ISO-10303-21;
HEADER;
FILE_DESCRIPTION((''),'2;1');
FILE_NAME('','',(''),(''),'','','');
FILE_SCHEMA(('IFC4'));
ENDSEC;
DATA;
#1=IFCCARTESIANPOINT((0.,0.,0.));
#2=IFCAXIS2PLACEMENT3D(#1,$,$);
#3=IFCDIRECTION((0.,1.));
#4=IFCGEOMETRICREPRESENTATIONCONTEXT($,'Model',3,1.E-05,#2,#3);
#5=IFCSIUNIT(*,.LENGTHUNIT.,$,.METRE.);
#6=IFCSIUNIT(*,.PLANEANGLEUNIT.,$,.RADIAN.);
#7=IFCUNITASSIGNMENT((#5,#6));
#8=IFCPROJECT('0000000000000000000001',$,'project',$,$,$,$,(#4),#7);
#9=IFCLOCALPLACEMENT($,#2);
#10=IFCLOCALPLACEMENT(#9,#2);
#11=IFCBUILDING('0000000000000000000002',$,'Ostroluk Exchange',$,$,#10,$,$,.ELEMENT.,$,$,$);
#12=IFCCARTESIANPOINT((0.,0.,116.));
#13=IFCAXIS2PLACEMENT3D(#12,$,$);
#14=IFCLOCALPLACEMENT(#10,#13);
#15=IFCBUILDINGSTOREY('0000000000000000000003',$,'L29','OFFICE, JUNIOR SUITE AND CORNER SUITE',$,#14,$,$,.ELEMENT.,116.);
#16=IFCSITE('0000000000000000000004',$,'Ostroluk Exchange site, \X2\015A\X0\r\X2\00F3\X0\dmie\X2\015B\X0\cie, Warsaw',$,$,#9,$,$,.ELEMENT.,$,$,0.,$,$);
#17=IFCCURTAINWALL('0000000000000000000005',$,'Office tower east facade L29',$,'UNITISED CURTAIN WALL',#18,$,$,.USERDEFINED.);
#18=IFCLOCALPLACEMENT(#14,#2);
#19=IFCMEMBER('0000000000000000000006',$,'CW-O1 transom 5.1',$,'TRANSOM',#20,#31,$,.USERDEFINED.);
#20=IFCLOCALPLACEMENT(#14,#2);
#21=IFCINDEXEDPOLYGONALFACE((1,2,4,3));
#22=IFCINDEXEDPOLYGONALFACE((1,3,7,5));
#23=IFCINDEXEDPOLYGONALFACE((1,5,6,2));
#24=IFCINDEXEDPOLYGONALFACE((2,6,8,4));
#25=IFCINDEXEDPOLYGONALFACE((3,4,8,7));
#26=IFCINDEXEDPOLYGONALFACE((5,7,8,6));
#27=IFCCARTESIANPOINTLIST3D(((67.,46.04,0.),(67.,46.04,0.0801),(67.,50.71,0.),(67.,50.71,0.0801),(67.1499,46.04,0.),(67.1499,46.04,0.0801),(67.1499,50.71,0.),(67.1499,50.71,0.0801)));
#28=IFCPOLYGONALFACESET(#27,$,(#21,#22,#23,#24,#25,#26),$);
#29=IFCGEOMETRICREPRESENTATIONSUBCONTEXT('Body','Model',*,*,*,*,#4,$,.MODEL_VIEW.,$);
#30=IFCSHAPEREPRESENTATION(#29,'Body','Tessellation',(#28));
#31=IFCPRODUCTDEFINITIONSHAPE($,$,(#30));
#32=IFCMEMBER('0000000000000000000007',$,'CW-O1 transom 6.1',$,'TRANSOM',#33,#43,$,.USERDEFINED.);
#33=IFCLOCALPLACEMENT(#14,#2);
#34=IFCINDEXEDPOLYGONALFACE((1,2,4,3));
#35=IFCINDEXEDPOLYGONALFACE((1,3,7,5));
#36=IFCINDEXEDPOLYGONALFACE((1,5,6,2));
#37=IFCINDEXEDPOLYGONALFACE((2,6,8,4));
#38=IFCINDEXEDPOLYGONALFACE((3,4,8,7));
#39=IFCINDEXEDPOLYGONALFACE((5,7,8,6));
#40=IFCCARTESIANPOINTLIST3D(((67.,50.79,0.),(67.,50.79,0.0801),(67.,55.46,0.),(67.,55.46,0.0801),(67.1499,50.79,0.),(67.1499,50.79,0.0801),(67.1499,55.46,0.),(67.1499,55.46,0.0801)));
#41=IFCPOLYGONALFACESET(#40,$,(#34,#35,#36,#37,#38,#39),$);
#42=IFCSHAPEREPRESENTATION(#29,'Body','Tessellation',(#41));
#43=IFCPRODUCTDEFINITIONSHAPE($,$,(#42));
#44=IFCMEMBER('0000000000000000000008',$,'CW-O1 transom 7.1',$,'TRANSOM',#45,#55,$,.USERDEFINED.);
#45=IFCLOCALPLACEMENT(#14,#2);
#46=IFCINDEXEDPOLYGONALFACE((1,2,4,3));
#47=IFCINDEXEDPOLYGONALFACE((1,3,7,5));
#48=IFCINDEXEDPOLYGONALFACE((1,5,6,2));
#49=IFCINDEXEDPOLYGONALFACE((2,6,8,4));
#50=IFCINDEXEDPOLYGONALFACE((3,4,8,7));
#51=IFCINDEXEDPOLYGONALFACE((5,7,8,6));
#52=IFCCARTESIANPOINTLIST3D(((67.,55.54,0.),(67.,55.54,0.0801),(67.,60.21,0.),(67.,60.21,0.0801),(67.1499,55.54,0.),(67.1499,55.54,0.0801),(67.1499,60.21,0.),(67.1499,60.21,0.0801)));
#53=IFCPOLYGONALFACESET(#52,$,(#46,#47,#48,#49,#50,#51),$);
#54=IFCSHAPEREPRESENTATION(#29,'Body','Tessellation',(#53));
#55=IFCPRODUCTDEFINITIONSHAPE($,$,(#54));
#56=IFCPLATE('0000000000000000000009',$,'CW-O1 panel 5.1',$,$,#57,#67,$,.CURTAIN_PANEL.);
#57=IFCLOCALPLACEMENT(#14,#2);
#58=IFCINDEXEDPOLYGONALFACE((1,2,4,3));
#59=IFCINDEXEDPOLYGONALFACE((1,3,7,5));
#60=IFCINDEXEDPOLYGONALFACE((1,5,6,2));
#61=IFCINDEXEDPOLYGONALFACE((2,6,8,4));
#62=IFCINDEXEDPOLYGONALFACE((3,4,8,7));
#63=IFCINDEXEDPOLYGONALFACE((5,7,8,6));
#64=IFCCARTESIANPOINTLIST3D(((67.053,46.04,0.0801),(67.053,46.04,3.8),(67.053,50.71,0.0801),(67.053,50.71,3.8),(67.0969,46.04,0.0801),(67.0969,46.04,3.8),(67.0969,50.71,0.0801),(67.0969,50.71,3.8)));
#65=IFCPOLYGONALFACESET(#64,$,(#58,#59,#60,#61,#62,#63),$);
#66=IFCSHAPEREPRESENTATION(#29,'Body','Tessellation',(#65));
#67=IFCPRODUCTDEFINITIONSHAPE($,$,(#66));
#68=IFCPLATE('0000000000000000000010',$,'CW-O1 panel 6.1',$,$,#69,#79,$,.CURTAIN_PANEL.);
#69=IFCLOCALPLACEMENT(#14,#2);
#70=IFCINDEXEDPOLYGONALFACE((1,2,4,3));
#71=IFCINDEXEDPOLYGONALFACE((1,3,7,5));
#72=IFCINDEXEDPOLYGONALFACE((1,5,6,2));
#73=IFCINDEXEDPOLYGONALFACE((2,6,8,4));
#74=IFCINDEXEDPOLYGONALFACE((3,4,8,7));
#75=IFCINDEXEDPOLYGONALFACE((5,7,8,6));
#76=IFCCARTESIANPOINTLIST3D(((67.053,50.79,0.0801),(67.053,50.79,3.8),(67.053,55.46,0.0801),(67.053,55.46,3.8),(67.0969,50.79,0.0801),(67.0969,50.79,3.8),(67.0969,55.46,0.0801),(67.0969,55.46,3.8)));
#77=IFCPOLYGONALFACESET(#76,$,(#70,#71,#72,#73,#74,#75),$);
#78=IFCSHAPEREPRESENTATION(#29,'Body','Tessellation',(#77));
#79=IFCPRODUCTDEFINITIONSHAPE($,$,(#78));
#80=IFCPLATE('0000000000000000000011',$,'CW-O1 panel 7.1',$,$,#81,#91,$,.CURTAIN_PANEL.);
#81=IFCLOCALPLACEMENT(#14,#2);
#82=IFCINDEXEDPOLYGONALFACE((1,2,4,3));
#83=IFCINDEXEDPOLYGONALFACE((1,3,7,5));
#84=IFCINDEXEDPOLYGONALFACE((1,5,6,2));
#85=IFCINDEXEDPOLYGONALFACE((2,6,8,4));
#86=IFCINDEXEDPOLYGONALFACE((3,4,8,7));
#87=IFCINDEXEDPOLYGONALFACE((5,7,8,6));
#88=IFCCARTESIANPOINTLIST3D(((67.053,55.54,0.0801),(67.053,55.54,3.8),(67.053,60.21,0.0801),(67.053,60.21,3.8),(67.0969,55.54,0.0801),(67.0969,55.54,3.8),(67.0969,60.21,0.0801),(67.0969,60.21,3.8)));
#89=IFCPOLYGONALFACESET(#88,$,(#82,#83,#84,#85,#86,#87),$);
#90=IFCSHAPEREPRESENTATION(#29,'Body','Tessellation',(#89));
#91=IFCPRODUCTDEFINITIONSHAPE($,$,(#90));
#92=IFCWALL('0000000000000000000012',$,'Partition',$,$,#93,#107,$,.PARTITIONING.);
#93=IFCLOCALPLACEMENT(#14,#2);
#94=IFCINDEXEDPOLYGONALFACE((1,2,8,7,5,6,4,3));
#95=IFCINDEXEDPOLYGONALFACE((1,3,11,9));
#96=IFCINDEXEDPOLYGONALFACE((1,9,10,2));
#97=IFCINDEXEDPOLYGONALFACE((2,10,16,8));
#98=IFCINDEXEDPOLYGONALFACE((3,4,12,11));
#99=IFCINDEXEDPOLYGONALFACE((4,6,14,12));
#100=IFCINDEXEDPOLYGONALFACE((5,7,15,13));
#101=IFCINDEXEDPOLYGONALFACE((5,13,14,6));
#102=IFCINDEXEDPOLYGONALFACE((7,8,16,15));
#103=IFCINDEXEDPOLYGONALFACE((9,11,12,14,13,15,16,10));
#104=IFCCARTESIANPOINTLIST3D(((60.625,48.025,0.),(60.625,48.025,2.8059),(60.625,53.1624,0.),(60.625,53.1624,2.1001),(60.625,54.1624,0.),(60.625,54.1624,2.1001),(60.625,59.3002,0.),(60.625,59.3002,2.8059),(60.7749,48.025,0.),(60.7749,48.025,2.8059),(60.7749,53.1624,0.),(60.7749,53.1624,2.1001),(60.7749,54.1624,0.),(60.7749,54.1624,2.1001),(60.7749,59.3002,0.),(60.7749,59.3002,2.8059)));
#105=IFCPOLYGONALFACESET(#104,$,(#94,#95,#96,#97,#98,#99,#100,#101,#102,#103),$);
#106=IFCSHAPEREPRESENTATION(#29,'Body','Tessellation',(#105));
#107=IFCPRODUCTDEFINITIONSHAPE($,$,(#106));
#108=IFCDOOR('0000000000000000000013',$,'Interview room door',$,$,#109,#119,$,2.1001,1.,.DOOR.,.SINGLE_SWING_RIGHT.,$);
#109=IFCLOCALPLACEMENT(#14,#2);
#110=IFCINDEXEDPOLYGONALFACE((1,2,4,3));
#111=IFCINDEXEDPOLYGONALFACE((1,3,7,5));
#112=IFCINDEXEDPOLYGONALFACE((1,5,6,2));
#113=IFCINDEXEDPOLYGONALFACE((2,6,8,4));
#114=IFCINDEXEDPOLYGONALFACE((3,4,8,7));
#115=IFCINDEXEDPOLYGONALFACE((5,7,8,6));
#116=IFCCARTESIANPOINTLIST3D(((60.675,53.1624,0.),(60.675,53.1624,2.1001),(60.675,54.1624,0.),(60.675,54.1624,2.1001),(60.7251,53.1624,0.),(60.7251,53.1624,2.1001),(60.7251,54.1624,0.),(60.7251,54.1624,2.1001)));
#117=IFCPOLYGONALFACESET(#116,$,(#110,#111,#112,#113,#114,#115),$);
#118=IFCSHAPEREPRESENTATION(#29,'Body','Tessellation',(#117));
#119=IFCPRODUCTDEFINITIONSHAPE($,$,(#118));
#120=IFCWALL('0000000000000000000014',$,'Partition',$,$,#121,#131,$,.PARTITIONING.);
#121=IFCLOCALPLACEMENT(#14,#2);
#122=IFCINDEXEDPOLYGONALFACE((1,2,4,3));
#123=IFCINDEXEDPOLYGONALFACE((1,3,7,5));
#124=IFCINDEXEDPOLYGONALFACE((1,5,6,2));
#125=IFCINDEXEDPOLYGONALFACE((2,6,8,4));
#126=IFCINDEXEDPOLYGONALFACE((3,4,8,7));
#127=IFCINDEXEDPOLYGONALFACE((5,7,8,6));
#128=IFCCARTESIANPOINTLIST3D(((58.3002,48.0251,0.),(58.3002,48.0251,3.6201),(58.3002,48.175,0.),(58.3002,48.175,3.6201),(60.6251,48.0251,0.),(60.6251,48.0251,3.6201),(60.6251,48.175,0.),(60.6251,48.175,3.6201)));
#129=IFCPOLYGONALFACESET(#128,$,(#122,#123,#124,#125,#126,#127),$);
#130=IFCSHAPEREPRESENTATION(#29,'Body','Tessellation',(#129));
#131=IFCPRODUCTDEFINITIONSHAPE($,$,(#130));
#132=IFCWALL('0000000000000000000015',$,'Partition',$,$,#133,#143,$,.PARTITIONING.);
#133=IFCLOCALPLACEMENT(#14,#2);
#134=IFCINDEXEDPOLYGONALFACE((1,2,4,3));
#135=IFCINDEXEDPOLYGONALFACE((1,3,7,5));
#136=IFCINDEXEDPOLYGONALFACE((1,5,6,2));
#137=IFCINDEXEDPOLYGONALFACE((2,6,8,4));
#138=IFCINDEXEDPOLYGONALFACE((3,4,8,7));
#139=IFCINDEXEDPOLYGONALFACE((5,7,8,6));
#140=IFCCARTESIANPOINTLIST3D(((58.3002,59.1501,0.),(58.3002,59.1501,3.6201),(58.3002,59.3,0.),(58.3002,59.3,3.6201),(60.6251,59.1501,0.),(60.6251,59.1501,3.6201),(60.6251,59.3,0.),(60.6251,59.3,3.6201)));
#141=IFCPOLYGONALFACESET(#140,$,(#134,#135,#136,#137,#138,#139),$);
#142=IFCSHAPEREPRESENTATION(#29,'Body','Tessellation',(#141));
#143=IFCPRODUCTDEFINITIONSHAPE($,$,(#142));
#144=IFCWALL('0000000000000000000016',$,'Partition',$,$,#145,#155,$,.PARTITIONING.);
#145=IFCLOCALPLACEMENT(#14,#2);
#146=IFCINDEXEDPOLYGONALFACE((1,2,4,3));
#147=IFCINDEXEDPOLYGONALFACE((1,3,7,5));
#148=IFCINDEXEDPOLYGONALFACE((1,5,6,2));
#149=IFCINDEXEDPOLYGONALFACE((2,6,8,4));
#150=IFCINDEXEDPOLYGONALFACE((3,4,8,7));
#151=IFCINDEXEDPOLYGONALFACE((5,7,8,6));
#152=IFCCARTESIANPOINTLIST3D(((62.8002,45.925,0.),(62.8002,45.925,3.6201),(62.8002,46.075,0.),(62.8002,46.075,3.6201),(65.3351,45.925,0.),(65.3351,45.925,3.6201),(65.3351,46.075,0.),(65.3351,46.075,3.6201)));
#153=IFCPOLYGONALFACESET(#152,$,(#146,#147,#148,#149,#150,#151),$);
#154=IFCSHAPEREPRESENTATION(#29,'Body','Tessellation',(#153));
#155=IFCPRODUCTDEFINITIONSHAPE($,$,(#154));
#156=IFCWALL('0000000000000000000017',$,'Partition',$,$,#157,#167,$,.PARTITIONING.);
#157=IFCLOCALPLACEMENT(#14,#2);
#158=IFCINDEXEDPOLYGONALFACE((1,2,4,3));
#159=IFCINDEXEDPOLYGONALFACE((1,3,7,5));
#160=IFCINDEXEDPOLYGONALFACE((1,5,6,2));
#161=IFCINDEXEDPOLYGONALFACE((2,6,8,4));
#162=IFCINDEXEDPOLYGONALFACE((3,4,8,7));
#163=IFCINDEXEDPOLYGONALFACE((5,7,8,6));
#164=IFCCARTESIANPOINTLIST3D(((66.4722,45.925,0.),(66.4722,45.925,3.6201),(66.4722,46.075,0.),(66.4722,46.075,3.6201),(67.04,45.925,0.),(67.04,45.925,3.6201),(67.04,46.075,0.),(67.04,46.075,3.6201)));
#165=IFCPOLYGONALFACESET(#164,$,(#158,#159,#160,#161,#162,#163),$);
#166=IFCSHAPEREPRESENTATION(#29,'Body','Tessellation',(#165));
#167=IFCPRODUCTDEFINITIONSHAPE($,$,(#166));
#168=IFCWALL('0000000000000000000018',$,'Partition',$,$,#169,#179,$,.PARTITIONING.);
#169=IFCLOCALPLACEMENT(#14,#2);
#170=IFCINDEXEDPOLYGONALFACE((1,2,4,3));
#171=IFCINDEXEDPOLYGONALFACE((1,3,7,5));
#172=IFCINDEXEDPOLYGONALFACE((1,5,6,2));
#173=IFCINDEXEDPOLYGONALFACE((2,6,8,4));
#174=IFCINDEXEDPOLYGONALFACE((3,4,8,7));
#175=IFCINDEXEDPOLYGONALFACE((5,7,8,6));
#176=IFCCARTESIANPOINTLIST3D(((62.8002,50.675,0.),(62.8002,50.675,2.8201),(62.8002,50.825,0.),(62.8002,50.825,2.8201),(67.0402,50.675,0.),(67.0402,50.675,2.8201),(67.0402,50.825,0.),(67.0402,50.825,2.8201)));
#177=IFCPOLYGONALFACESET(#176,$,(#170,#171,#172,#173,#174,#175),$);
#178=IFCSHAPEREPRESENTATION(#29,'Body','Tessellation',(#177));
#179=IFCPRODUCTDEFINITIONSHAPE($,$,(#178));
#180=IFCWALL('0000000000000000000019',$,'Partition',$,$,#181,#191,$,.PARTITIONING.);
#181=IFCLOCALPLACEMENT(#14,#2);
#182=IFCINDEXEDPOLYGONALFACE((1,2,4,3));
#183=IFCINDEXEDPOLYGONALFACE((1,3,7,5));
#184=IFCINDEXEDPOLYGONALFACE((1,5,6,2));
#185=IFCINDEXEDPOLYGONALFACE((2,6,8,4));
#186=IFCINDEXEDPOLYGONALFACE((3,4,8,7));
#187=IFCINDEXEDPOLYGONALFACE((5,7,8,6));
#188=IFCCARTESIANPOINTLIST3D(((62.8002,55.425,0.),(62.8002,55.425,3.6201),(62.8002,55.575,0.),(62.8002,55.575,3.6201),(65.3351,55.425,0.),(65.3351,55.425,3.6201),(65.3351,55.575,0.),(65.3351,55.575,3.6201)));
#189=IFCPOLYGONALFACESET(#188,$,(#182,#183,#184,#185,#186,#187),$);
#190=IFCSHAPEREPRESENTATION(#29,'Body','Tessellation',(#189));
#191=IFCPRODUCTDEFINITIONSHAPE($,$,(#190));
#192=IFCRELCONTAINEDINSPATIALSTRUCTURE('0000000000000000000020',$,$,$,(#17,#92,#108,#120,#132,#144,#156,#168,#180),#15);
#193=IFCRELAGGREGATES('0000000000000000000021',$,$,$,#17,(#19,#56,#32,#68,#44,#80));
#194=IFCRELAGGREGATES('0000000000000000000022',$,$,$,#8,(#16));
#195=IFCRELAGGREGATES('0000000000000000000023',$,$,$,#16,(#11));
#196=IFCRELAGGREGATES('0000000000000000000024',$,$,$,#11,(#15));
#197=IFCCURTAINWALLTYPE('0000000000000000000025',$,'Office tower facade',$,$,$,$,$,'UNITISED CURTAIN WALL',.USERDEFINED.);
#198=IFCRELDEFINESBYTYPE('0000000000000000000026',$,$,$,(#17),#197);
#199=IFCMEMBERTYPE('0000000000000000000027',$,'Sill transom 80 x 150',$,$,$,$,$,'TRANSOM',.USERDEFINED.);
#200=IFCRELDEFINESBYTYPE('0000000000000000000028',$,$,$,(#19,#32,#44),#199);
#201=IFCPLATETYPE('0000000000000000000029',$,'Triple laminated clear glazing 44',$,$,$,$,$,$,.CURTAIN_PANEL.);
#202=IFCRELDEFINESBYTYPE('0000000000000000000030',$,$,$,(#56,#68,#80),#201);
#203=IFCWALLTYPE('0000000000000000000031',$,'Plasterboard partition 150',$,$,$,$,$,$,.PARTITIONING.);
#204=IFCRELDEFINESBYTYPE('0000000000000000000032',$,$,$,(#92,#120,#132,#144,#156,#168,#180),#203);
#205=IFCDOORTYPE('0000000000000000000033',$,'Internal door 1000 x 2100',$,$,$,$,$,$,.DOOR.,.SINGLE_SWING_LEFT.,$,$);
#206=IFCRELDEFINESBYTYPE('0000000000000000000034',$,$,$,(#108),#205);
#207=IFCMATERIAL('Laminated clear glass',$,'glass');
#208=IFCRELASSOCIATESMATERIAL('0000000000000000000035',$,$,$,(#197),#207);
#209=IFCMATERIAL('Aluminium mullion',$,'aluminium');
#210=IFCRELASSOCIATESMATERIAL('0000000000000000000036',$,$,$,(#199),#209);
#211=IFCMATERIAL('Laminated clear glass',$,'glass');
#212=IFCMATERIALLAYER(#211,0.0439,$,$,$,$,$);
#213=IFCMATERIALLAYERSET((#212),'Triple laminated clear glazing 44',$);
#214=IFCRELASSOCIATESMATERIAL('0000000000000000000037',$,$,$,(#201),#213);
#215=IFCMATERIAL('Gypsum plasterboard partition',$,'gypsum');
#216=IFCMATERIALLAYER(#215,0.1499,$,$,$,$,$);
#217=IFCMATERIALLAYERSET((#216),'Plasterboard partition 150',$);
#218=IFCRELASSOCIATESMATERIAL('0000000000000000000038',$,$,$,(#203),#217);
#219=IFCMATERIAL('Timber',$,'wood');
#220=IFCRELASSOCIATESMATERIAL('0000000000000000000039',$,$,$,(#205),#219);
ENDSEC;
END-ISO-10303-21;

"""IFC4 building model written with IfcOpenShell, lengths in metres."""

from ifc_helpers import new_model, si_unit, direction, frame, frame_2d, origin, origin_2d, place, context, subcontext, project, spatial, rectangle, extrude, material, layer, layer_set, material_profile, profile_set, type_object, element, fill, aggregate, save


model = new_model("IFC4")

# Units and contexts
model_context = context("Model", 3, precision=1e-05, world=origin(), true_north=direction((0.0, 1.0)))
body_context = subcontext(model_context, "Body", "Model", "MODEL_VIEW")
ifc_project = project(units=[si_unit("LENGTHUNIT", "METRE"), si_unit("PLANEANGLEUNIT", "RADIAN")], contexts=[model_context])

# Site, building, storey
site_placement = place(None, origin())
site = spatial("IfcSite", under=ifc_project, at=site_placement, Name="Ostroluk Exchange site, Śródmieście, Warsaw", CompositionType="ELEMENT", RefElevation=0.0)
building_placement = place(site_placement, origin())
building = spatial("IfcBuilding", under=site, at=building_placement, Name="Ostroluk Exchange", CompositionType="ELEMENT")
storey_placement = place(building_placement, frame((0.0, 0.0, 116.0)))
storey = spatial("IfcBuildingStorey", under=building, at=storey_placement, Name="L29", Description="OFFICE, JUNIOR SUITE AND CORNER SUITE", CompositionType="ELEMENT", Elevation=116.0)

# Curtain wall, members, plates
ifc_material_1 = material(Name="Laminated clear glass", Category="glass")
curtain_wall_type = type_object("IfcCurtainWallType", Name="Office tower facade", ElementType="UNITISED CURTAIN WALL", PredefinedType="USERDEFINED", material=ifc_material_1)
curtain_wall_placement = place(storey_placement, origin())
curtain_wall = element("IfcCurtainWall", 1, at=curtain_wall_placement, inside=storey, type_object=curtain_wall_type, Name="Office tower east facade L29", ObjectType="UNITISED CURTAIN WALL", PredefinedType="USERDEFINED")
ifc_material_2 = material(Name="Aluminium mullion", Category="aluminium")
ifc_material_profile_1 = material_profile(ifc_material_2, rectangle(XDim=0.1499, YDim=0.0801, at=origin_2d()), Name="Sill transom 80 x 150")
ifc_profile_set_1 = profile_set([ifc_material_profile_1], Name="Aluminium mullion")
member_type = type_object("IfcMemberType", Name="Sill transom 80 x 150", ElementType="TRANSOM", PredefinedType="USERDEFINED", material=ifc_profile_set_1)
member_1_placement = place(storey_placement, frame((67.075, 46.04, 0.04), z_axis=(0.0, 1.0, 0.0), x_axis=(-1.0, 0.0, 0.0)))
member_1 = element("IfcMember", 2, at=member_1_placement, type_object=member_type, Name="CW-O1 transom 5.1", ObjectType="TRANSOM", PredefinedType="USERDEFINED", context=body_context, shape_type="SweptSolid", body=[
    extrude(rectangle(XDim=0.1499, YDim=0.0801, at=origin_2d()), origin(), (0.0, 0.0, 1.0), 4.6699),
])
member_2_placement = place(storey_placement, frame((67.075, 50.79, 0.04), z_axis=(0.0, 1.0, 0.0), x_axis=(-1.0, 0.0, 0.0)))
member_2 = element("IfcMember", 3, at=member_2_placement, type_object=member_type, Name="CW-O1 transom 6.1", ObjectType="TRANSOM", PredefinedType="USERDEFINED", context=body_context, shape_type="SweptSolid", body=[
    extrude(rectangle(XDim=0.1499, YDim=0.0801, at=origin_2d()), origin(), (0.0, 0.0, 1.0), 4.6699),
])
member_3_placement = place(storey_placement, frame((67.075, 55.54, 0.04), z_axis=(0.0, 1.0, 0.0), x_axis=(-1.0, 0.0, 0.0)))
member_3 = element("IfcMember", 4, at=member_3_placement, type_object=member_type, Name="CW-O1 transom 7.1", ObjectType="TRANSOM", PredefinedType="USERDEFINED", context=body_context, shape_type="SweptSolid", body=[
    extrude(rectangle(XDim=0.1499, YDim=0.0801, at=origin_2d()), origin(), (0.0, 0.0, 1.0), 4.6699),
])
ifc_material_3 = material(Name="Laminated clear glass", Category="glass")
ifc_layer_1 = layer(ifc_material_3, 0.0439)
ifc_layer_set_1 = layer_set([ifc_layer_1], Name="Triple laminated clear glazing 44")
plate_type = type_object("IfcPlateType", Name="Triple laminated clear glazing 44", PredefinedType="CURTAIN_PANEL", material=ifc_layer_set_1)
plate_1_placement = place(storey_placement, frame((67.075, 48.375, 0.0801), z_axis=(0.0, 0.0, 1.0), x_axis=(0.0, 1.0, 0.0)))
plate_1 = element("IfcPlate", 5, at=plate_1_placement, type_object=plate_type, Name="CW-O1 panel 5.1", PredefinedType="CURTAIN_PANEL", context=body_context, shape_type="SweptSolid", body=[
    extrude(rectangle(XDim=4.6699, YDim=0.0439, at=origin_2d()), origin(), (0.0, 0.0, 1.0), 3.72),
])
plate_2_placement = place(storey_placement, frame((67.075, 53.125, 0.0801), z_axis=(0.0, 0.0, 1.0), x_axis=(0.0, 1.0, 0.0)))
plate_2 = element("IfcPlate", 6, at=plate_2_placement, type_object=plate_type, Name="CW-O1 panel 6.1", PredefinedType="CURTAIN_PANEL", context=body_context, shape_type="SweptSolid", body=[
    extrude(rectangle(XDim=4.6699, YDim=0.0439, at=origin_2d()), origin(), (0.0, 0.0, 1.0), 3.72),
])
plate_3_placement = place(storey_placement, frame((67.075, 57.875, 0.0801), z_axis=(0.0, 0.0, 1.0), x_axis=(0.0, 1.0, 0.0)))
plate_3 = element("IfcPlate", 7, at=plate_3_placement, type_object=plate_type, Name="CW-O1 panel 7.1", PredefinedType="CURTAIN_PANEL", context=body_context, shape_type="SweptSolid", body=[
    extrude(rectangle(XDim=4.6699, YDim=0.0439, at=origin_2d()), origin(), (0.0, 0.0, 1.0), 3.72),
])
aggregate(curtain_wall, [member_1, plate_1, member_2, plate_2, member_3, plate_3])

# Wall, opening, door
ifc_material_4 = material(Name="Gypsum plasterboard partition", Category="gypsum")
ifc_layer_2 = layer(ifc_material_4, 0.1499)
ifc_layer_set_2 = layer_set([ifc_layer_2], Name="Plasterboard partition 150")
wall_type = type_object("IfcWallType", Name="Plasterboard partition 150", PredefinedType="PARTITIONING", material=ifc_layer_set_2)
wall_1_placement = place(storey_placement, frame((60.7, 48.0249, 0.0), z_axis=(0.0, 0.0, 1.0), x_axis=(0.0, 1.0, 0.0)))
wall_1 = element("IfcWall", 8, at=wall_1_placement, inside=storey, type_object=wall_type, Name="Partition", PredefinedType="PARTITIONING", context=body_context, shape_type="SweptSolid", body=[
    extrude(rectangle(XDim=11.2751, YDim=0.1499, at=frame_2d((5.6377, 0.0))), origin(), (0.0, 0.0, 1.0), 2.8059),
])
opening_placement = place(wall_1_placement, frame((5.1375, 0.0, 0.0)))
opening = element("IfcOpeningElement", 9, at=opening_placement, cuts=wall_1, PredefinedType="OPENING", context=body_context, shape_type="SweptSolid", body=[
    extrude(rectangle(XDim=1.0, YDim=2.1001, at=frame_2d((0.5, 1.05))), frame((0.0, 0.085, 0.0), z_axis=(0.0, -1.0, 0.0), x_axis=(1.0, 0.0, 0.0)), (0.0, 0.0, 1.0), 0.1699),
])
ifc_material_5 = material(Name="Timber", Category="wood")
door_type = type_object("IfcDoorType", Name="Internal door 1000 x 2100", OperationType="SINGLE_SWING_LEFT", PredefinedType="DOOR", material=ifc_material_5)
door_placement = place(opening_placement, origin())
door = element("IfcDoor", 10, at=door_placement, inside=storey, type_object=door_type, Name="Interview room door", OperationType="SINGLE_SWING_RIGHT", OverallHeight=2.1001, OverallWidth=1.0, PredefinedType="DOOR", context=body_context, shape_type="SweptSolid", body=[
    extrude(rectangle(XDim=1.0, YDim=2.1001, at=frame_2d((0.5, 1.05))), frame((0.0, 0.0249, 0.0), z_axis=(0.0, -1.0, 0.0), x_axis=(1.0, 0.0, 0.0)), (0.0, 0.0, 1.0), 0.05),
])
fill(opening, door)

# Walls
for number, where, z_axis, x_axis, name in (
    (11, (58.3, 48.1001, 0.0), (0.0, 0.0, 1.0), (1.0, 0.0, 0.0), "Partition"),
    (12, (58.3, 59.2251, 0.0), (0.0, 0.0, 1.0), (1.0, 0.0, 0.0), "Partition"),
):
    element("IfcWall", number, at=place(storey_placement, frame(where, z_axis=z_axis, x_axis=x_axis)), inside=storey, type_object=wall_type, Name=name, PredefinedType="PARTITIONING", context=body_context, shape_type="SweptSolid", body=[
        extrude(rectangle(XDim=2.325, YDim=0.1499, at=frame_2d((1.1626, 0.0))), origin(), (0.0, 0.0, 1.0), 3.6201),
    ])
wall_2_placement = place(storey_placement, frame((62.8, 46.0, 0.0), z_axis=(0.0, 0.0, 1.0), x_axis=(1.0, 0.0, 0.0)))
element("IfcWall", 13, at=wall_2_placement, inside=storey, type_object=wall_type, Name="Partition", PredefinedType="PARTITIONING", context=body_context, shape_type="SweptSolid", body=[
    extrude(rectangle(XDim=2.5349, YDim=0.1499, at=frame_2d((1.2676, 0.0))), origin(), (0.0, 0.0, 1.0), 3.6201),
])
wall_3_placement = place(storey_placement, frame((66.4722, 46.0, 0.0), z_axis=(0.0, 0.0, 1.0), x_axis=(1.0, 0.0, 0.0)))
element("IfcWall", 14, at=wall_3_placement, inside=storey, type_object=wall_type, Name="Partition", PredefinedType="PARTITIONING", context=body_context, shape_type="SweptSolid", body=[
    extrude(rectangle(XDim=0.5679, YDim=0.1499, at=frame_2d((0.2839, 0.0))), origin(), (0.0, 0.0, 1.0), 3.6201),
])
wall_4_placement = place(storey_placement, frame((62.8, 50.75, 0.0), z_axis=(0.0, 0.0, 1.0), x_axis=(1.0, 0.0, 0.0)))
element("IfcWall", 15, at=wall_4_placement, inside=storey, type_object=wall_type, Name="Partition", PredefinedType="PARTITIONING", context=body_context, shape_type="SweptSolid", body=[
    extrude(rectangle(XDim=4.24, YDim=0.1499, at=frame_2d((2.1201, 0.0))), origin(), (0.0, 0.0, 1.0), 2.8201),
])
wall_5_placement = place(storey_placement, frame((62.8, 55.5, 0.0), z_axis=(0.0, 0.0, 1.0), x_axis=(1.0, 0.0, 0.0)))
element("IfcWall", 16, at=wall_5_placement, inside=storey, type_object=wall_type, Name="Partition", PredefinedType="PARTITIONING", context=body_context, shape_type="SweptSolid", body=[
    extrude(rectangle(XDim=2.5349, YDim=0.1499, at=frame_2d((1.2676, 0.0))), origin(), (0.0, 0.0, 1.0), 3.6201),
])

save(model, "model.ifc")
